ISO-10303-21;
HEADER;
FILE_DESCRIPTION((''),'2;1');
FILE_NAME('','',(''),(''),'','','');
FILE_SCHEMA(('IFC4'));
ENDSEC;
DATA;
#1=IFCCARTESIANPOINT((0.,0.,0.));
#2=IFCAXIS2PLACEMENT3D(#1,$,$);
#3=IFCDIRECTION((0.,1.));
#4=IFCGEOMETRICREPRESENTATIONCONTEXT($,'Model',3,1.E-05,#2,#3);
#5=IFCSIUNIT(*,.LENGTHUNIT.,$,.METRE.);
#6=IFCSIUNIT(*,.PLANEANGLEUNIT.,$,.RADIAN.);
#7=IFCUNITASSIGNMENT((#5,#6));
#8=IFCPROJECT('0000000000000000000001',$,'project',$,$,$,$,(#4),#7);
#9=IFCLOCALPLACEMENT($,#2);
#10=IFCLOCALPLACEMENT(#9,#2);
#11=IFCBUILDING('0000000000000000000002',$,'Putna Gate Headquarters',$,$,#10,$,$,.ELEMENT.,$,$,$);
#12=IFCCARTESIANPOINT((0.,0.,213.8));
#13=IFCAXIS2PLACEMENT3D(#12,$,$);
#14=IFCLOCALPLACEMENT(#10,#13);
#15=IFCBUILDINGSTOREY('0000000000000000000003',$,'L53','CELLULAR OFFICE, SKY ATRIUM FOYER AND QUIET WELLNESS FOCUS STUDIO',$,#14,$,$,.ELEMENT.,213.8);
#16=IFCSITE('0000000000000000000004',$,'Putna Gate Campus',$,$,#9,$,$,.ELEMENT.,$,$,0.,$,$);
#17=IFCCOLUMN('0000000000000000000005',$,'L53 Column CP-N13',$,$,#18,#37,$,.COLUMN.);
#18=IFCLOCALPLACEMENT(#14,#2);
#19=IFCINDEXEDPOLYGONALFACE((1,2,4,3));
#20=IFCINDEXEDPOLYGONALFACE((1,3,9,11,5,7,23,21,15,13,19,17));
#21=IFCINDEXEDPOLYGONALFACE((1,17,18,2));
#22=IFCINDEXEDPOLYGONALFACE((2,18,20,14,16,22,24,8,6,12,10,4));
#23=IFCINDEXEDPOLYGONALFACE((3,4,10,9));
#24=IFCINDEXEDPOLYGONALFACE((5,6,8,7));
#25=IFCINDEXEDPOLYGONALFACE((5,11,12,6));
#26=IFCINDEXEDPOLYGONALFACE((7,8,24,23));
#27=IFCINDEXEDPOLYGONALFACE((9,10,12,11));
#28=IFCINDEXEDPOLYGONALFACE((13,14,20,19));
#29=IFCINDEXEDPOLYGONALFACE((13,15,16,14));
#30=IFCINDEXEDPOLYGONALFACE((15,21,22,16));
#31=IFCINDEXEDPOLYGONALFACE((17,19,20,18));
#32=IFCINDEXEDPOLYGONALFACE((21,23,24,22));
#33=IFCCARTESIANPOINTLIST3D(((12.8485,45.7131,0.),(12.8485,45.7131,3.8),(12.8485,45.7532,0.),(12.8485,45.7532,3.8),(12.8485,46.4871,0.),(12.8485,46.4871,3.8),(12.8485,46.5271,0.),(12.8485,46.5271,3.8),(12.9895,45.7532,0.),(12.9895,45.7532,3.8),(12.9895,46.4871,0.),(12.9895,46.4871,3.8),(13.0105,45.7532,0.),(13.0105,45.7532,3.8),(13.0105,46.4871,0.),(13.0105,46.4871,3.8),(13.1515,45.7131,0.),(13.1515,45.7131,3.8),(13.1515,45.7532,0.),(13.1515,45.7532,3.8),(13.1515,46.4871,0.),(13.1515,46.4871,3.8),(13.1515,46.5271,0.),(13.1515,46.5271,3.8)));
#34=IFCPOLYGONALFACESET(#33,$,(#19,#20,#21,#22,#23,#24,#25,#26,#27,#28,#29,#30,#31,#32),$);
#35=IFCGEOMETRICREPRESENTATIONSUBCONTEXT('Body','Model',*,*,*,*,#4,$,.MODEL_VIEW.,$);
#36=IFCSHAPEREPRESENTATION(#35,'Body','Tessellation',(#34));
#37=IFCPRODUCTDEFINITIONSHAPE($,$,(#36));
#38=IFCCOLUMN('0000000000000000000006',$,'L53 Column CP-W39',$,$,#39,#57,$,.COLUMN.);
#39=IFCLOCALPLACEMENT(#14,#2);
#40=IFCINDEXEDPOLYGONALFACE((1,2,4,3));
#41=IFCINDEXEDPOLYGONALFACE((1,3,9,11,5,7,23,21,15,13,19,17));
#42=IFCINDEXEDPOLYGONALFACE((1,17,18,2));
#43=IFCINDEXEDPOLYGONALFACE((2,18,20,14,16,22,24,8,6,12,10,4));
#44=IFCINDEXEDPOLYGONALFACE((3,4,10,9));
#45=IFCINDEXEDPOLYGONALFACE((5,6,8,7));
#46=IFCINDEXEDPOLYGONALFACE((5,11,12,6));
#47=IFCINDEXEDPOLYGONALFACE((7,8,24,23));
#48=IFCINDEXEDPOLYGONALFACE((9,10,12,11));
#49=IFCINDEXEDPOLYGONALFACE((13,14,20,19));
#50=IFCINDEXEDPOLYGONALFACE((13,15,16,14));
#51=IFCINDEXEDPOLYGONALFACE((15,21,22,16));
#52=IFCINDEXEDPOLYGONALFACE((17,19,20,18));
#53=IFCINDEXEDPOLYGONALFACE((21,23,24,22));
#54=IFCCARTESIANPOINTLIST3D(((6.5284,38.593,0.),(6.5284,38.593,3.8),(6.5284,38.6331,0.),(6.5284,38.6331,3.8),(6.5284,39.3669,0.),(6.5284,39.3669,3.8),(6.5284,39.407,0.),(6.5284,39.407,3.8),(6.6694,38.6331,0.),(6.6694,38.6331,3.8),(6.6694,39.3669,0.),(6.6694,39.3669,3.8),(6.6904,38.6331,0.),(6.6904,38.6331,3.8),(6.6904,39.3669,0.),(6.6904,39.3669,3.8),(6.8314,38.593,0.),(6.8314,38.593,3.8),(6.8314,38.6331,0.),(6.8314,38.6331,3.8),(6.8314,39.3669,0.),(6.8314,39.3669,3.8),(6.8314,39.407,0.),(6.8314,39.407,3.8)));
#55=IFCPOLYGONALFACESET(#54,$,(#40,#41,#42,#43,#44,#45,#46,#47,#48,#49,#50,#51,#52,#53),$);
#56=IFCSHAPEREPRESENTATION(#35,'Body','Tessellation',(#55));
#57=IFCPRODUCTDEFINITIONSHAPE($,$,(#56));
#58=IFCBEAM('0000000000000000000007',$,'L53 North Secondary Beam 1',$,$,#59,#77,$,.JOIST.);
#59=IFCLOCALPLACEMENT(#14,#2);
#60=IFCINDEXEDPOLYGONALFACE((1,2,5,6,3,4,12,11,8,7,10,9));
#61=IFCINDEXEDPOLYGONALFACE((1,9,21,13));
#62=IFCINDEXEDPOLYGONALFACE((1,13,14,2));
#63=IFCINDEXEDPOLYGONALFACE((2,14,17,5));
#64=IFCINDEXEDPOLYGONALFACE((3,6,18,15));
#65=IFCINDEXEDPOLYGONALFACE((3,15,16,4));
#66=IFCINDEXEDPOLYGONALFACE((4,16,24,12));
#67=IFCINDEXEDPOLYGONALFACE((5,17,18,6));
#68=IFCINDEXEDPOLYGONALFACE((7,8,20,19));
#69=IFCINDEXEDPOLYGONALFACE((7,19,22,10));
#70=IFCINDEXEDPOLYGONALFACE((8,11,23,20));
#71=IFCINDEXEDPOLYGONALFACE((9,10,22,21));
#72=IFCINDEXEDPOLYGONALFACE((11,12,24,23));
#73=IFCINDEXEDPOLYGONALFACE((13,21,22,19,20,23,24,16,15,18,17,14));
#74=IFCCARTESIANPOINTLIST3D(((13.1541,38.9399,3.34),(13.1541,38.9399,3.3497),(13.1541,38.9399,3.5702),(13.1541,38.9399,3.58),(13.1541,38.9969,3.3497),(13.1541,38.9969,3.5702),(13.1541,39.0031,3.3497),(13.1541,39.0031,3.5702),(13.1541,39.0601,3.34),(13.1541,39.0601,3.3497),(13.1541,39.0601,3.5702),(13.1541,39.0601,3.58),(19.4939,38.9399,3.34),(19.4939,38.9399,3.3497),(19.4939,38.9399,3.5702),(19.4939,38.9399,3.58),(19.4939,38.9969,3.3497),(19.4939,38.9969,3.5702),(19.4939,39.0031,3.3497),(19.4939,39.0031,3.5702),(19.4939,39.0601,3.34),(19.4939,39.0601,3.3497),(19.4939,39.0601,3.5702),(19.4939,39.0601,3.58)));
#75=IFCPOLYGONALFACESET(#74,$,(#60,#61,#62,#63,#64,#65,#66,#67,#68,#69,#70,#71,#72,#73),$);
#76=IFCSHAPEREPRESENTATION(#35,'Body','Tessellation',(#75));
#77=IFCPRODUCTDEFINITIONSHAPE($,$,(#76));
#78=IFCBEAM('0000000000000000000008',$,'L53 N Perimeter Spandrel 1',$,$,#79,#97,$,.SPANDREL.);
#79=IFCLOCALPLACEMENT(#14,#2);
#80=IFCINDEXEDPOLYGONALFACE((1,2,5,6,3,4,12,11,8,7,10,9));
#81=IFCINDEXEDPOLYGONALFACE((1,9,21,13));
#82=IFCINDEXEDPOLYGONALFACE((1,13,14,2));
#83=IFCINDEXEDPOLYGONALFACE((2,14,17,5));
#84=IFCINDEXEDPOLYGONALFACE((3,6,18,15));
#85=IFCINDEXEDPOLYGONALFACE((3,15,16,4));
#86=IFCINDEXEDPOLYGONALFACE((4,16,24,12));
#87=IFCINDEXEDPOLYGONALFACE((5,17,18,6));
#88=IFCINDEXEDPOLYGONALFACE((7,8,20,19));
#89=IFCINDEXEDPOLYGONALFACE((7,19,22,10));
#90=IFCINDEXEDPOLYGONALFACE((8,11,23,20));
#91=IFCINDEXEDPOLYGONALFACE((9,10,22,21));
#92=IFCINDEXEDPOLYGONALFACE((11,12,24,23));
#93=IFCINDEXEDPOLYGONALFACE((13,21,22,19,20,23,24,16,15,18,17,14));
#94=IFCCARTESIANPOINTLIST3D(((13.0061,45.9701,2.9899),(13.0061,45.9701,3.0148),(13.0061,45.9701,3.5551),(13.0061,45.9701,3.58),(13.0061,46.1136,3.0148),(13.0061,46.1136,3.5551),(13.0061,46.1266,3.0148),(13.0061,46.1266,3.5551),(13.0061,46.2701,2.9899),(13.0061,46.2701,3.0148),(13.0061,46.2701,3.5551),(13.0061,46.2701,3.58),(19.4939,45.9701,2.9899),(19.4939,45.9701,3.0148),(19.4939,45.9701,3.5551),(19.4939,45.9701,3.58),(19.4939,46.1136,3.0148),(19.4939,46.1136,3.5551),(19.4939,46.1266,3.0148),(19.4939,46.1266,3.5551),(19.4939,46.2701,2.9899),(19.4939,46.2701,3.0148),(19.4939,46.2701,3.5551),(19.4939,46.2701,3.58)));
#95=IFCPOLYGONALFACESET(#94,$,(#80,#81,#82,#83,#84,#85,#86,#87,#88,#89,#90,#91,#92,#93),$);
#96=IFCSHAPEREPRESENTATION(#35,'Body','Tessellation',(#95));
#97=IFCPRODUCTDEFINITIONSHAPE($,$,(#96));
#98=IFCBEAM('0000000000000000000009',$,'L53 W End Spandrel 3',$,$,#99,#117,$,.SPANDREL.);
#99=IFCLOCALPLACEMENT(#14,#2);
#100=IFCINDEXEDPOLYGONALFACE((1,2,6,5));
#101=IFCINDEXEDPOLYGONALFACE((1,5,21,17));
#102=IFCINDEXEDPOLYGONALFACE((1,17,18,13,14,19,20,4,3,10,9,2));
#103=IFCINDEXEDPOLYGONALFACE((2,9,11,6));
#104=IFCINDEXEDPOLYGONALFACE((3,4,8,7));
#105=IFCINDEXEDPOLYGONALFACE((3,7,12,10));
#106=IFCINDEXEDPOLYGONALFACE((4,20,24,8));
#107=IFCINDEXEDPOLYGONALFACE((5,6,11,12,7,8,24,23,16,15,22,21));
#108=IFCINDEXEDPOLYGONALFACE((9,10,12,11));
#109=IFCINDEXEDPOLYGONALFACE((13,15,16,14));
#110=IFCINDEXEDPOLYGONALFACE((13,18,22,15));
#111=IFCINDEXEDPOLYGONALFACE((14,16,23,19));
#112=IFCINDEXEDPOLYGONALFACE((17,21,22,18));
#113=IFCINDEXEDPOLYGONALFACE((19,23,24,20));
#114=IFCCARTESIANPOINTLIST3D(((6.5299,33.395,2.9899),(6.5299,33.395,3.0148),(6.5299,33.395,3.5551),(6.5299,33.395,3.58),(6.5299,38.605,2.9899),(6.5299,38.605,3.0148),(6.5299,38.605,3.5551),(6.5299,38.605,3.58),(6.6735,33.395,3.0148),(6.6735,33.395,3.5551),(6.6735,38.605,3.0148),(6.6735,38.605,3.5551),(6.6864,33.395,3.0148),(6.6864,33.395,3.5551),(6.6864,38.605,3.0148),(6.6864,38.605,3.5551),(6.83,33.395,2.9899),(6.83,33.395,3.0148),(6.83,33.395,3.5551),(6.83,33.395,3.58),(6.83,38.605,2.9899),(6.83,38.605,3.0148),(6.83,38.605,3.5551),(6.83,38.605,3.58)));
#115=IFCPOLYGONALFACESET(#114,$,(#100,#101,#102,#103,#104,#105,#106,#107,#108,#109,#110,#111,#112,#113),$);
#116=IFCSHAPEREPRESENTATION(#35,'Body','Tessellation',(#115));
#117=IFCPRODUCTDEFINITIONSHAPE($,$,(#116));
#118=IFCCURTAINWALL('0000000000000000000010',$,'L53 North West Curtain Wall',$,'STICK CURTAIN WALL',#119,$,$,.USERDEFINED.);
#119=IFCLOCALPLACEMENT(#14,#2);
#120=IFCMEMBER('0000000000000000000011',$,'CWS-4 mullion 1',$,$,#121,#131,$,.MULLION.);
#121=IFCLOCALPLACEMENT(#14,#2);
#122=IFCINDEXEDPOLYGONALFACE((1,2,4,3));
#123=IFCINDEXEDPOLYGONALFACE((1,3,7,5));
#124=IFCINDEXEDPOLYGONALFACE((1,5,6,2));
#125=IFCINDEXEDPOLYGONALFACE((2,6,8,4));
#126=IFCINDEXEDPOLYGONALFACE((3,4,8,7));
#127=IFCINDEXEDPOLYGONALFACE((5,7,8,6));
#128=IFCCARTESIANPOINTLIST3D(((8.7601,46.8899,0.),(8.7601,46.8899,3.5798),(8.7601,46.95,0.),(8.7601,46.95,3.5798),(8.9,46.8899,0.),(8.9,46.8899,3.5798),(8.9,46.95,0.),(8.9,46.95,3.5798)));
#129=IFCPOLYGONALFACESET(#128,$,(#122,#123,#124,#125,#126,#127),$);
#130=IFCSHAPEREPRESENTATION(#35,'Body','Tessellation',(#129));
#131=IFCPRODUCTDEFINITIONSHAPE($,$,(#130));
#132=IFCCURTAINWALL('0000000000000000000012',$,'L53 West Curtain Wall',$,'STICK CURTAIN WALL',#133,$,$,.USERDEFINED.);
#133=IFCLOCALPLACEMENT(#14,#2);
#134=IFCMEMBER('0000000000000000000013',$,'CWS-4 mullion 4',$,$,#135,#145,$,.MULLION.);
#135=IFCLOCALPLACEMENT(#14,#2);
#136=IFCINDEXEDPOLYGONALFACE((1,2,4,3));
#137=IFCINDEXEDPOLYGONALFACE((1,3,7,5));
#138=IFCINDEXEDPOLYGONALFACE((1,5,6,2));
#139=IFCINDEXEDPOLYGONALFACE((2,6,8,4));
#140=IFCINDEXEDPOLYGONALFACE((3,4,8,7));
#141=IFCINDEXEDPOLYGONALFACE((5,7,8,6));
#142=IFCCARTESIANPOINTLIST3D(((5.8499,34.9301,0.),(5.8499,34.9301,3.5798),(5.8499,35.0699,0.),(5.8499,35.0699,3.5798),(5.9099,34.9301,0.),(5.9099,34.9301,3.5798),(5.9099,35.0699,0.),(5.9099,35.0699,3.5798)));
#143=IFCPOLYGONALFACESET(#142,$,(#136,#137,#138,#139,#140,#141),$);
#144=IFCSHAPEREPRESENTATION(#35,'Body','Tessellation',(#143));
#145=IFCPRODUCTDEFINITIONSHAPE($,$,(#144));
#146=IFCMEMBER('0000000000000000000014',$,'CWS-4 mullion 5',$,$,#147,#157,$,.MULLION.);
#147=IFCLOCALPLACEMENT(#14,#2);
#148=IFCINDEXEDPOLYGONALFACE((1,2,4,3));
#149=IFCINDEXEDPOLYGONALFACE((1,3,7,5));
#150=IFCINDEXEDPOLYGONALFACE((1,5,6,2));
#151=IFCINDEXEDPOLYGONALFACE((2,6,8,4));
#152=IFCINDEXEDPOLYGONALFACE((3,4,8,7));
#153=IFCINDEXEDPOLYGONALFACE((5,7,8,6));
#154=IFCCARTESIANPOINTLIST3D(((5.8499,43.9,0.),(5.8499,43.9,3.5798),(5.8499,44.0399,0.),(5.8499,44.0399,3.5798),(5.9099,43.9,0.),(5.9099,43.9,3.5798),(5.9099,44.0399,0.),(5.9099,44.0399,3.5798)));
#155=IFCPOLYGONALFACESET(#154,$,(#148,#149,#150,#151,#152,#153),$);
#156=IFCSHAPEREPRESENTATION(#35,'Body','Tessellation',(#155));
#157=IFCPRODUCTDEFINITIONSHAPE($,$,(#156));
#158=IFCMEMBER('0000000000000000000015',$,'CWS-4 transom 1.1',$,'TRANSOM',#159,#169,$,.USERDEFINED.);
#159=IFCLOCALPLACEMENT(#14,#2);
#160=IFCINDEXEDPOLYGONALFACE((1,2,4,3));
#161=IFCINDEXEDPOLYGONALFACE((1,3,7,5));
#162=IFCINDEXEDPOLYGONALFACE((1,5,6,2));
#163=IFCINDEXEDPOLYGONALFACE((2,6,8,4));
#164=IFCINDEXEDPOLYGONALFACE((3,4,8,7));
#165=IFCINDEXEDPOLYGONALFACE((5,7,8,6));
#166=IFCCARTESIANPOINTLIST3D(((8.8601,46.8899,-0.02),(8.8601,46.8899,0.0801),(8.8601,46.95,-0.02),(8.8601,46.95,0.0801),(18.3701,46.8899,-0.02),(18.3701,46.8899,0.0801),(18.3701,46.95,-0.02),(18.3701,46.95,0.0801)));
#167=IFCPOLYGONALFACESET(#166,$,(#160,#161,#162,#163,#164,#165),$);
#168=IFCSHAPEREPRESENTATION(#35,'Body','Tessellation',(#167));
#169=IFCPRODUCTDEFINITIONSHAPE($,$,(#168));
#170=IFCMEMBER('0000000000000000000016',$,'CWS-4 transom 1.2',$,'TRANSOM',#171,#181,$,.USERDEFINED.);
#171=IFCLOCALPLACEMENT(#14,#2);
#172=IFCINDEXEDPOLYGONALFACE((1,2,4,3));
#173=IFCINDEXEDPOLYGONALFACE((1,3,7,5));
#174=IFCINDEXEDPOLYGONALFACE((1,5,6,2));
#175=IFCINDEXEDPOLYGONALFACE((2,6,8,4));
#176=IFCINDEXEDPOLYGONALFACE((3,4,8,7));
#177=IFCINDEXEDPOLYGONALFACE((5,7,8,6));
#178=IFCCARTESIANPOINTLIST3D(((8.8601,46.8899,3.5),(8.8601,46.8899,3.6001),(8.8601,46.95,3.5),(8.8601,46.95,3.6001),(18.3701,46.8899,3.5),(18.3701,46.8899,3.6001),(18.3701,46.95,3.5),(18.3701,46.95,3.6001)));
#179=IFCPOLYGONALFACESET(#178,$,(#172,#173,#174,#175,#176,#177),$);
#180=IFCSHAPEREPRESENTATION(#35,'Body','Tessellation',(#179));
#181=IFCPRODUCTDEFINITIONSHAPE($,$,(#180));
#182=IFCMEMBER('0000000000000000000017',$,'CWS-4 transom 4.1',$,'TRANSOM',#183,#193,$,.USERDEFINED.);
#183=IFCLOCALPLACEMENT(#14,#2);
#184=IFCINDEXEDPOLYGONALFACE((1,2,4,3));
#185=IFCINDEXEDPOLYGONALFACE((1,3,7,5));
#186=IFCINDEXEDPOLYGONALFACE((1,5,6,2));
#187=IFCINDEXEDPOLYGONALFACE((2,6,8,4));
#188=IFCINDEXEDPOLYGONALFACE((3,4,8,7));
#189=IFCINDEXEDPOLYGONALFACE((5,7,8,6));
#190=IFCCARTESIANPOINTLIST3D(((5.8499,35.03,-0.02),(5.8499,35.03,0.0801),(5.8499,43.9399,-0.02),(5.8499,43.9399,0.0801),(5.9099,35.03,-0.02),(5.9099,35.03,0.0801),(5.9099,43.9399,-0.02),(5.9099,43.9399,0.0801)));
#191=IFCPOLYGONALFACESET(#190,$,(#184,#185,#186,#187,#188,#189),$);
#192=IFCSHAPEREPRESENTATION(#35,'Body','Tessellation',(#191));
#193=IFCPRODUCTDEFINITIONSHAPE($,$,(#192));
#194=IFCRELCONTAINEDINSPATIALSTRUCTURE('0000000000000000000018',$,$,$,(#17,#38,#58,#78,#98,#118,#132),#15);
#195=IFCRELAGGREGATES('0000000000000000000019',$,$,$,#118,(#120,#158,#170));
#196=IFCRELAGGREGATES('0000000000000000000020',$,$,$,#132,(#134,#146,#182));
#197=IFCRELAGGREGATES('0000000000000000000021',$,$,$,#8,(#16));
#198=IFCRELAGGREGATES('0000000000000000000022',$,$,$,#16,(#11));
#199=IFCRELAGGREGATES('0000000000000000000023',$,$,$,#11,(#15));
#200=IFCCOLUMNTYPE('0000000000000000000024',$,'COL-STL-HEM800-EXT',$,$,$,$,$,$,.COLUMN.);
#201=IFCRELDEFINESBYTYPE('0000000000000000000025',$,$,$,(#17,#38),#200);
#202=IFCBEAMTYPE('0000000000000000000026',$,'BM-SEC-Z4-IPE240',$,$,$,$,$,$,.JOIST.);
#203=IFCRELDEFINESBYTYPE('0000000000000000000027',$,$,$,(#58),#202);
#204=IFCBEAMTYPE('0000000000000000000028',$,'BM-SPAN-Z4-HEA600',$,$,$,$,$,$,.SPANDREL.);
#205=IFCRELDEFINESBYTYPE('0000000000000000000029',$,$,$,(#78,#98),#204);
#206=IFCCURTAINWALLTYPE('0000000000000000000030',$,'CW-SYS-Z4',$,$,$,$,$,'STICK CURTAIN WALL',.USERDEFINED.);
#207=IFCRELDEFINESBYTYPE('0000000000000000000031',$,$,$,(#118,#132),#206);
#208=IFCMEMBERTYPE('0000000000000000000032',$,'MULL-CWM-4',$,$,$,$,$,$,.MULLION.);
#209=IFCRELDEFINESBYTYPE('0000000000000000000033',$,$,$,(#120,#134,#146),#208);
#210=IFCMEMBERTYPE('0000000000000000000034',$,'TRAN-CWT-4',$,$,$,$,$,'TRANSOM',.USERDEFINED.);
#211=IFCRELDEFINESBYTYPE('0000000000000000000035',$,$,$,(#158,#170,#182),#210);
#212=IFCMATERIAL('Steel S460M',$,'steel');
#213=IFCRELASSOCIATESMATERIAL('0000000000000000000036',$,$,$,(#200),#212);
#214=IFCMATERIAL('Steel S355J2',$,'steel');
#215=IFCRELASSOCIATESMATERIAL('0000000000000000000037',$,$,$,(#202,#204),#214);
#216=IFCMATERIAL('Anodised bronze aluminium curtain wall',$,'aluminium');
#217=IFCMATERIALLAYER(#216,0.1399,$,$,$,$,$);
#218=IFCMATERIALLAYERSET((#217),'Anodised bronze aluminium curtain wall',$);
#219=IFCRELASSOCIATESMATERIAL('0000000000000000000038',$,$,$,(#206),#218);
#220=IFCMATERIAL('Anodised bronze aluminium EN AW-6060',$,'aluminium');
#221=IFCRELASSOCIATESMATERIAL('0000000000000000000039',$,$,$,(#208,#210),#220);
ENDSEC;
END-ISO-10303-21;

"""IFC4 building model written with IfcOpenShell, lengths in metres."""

from ifc_helpers import new_model, si_unit, direction, frame, origin, origin_2d, place, context, subcontext, project, spatial, rectangle, i_section, extrude, material, layer, layer_set, material_profile, profile_set, type_object, element, aggregate, save


model = new_model("IFC4")

# Units and contexts
model_context = context("Model", 3, precision=1e-05, world=origin(), true_north=direction((0.0, 1.0)))
body_context = subcontext(model_context, "Body", "Model", "MODEL_VIEW")
ifc_project = project(units=[si_unit("LENGTHUNIT", "METRE"), si_unit("PLANEANGLEUNIT", "RADIAN")], contexts=[model_context])

# Site, building, storey
site_placement = place(None, origin())
site = spatial("IfcSite", under=ifc_project, at=site_placement, Name="Putna Gate Campus", CompositionType="ELEMENT", RefElevation=0.0)
building_placement = place(site_placement, origin())
building = spatial("IfcBuilding", under=site, at=building_placement, Name="Putna Gate Headquarters", CompositionType="ELEMENT")
storey_placement = place(building_placement, frame((0.0, 0.0, 213.8)))
storey = spatial("IfcBuildingStorey", under=building, at=storey_placement, Name="L53", Description="CELLULAR OFFICE, SKY ATRIUM FOYER AND QUIET WELLNESS FOCUS STUDIO", CompositionType="ELEMENT", Elevation=213.8)

# Columns
ifc_material_1 = material(Name="Steel S460M", Category="steel")
ifc_material_profile_1 = material_profile(ifc_material_1, i_section(OverallWidth=0.303, OverallDepth=0.814, WebThickness=0.021, FlangeThickness=0.04, at=origin_2d()), Name="Steel S460M")
ifc_profile_set_1 = profile_set([ifc_material_profile_1], Name="Steel S460M")
column_type = type_object("IfcColumnType", Name="COL-STL-HEM800-EXT", PredefinedType="COLUMN", material=ifc_profile_set_1)
for number, where, z_axis, x_axis, name in (
    (1, (13.0, 46.1201, 0.0), (0.0, 0.0, 1.0), (1.0, 0.0, 0.0), "L53 Column CP-N13"),
    (2, (6.6799, 39.0, 0.0), (0.0, 0.0, 1.0), (1.0, 0.0, 0.0), "L53 Column CP-W39"),
):
    element("IfcColumn", number, at=place(storey_placement, frame(where, z_axis=z_axis, x_axis=x_axis)), inside=storey, type_object=column_type, Name=name, PredefinedType="COLUMN", context=body_context, shape_type="SweptSolid", body=[
        extrude(i_section(OverallWidth=0.303, OverallDepth=0.814, WebThickness=0.021, FlangeThickness=0.04, at=origin_2d()), origin(), (0.0, 0.0, 1.0), 3.8),
    ])

# Beams
ifc_material_2 = material(Name="Steel S355J2", Category="steel")
ifc_material_profile_2 = material_profile(ifc_material_2, i_section(OverallWidth=0.1201, OverallDepth=0.24, WebThickness=0.0061, FlangeThickness=0.0098, at=origin_2d()), Name="Steel S355J2")
ifc_profile_set_2 = profile_set([ifc_material_profile_2], Name="Steel S355J2")
beam_type_1 = type_object("IfcBeamType", Name="BM-SEC-Z4-IPE240", PredefinedType="JOIST", material=ifc_profile_set_2)
beam_1_placement = place(storey_placement, frame((13.1541, 39.0, 3.46), z_axis=(1.0, 0.0, 0.0), x_axis=(0.0, 1.0, 0.0)))
element("IfcBeam", 3, at=beam_1_placement, inside=storey, type_object=beam_type_1, Name="L53 North Secondary Beam 1", PredefinedType="JOIST", context=body_context, shape_type="SweptSolid", body=[
    extrude(i_section(OverallWidth=0.1201, OverallDepth=0.24, WebThickness=0.0061, FlangeThickness=0.0098, at=origin_2d()), origin(), (0.0, 0.0, 1.0), 6.3398),
])
ifc_material_profile_3 = material_profile(ifc_material_2, i_section(OverallWidth=0.3, OverallDepth=0.5901, WebThickness=0.0129, FlangeThickness=0.0249, at=origin_2d()), Name="Steel S355J2")
ifc_profile_set_3 = profile_set([ifc_material_profile_3], Name="Steel S355J2")
beam_type_2 = type_object("IfcBeamType", Name="BM-SPAN-Z4-HEA600", PredefinedType="SPANDREL", material=ifc_profile_set_3)
beam_2_placement = place(storey_placement, frame((13.0061, 46.1201, 3.2849), z_axis=(1.0, 0.0, 0.0), x_axis=(0.0, 1.0, 0.0)))
element("IfcBeam", 4, at=beam_2_placement, inside=storey, type_object=beam_type_2, Name="L53 N Perimeter Spandrel 1", PredefinedType="SPANDREL", context=body_context, shape_type="SweptSolid", body=[
    extrude(i_section(OverallWidth=0.3, OverallDepth=0.5901, WebThickness=0.0129, FlangeThickness=0.0249, at=origin_2d()), origin(), (0.0, 0.0, 1.0), 6.4878),
])
beam_3_placement = place(storey_placement, frame((6.6799, 33.395, 3.2849), z_axis=(0.0, 1.0, 0.0), x_axis=(-1.0, 0.0, 0.0)))
element("IfcBeam", 5, at=beam_3_placement, inside=storey, type_object=beam_type_2, Name="L53 W End Spandrel 3", PredefinedType="SPANDREL", context=body_context, shape_type="SweptSolid", body=[
    extrude(i_section(OverallWidth=0.3, OverallDepth=0.5901, WebThickness=0.0129, FlangeThickness=0.0249, at=origin_2d()), origin(), (0.0, 0.0, 1.0), 5.21),
])

# Curtain wall, member
ifc_material_3 = material(Name="Anodised bronze aluminium curtain wall", Category="aluminium")
ifc_layer_1 = layer(ifc_material_3, 0.1399)
ifc_layer_set_1 = layer_set([ifc_layer_1], Name="Anodised bronze aluminium curtain wall")
curtain_wall_type = type_object("IfcCurtainWallType", Name="CW-SYS-Z4", ElementType="STICK CURTAIN WALL", PredefinedType="USERDEFINED", material=ifc_layer_set_1)
curtain_wall_1_placement = place(storey_placement, origin())
curtain_wall_1 = element("IfcCurtainWall", 6, at=curtain_wall_1_placement, inside=storey, type_object=curtain_wall_type, Name="L53 North West Curtain Wall", ObjectType="STICK CURTAIN WALL", PredefinedType="USERDEFINED")
ifc_material_4 = material(Name="Anodised bronze aluminium EN AW-6060", Category="aluminium")
ifc_material_profile_4 = material_profile(ifc_material_4, rectangle(XDim=0.0601, YDim=0.1399, at=origin_2d()), Name="Anodised bronze aluminium EN AW-6060")
ifc_profile_set_4 = profile_set([ifc_material_profile_4], Name="Anodised bronze aluminium EN AW-6060")
member_type_1 = type_object("IfcMemberType", Name="MULL-CWM-4", PredefinedType="MULLION", material=ifc_profile_set_4)
member_1_placement = place(storey_placement, frame((8.8301, 46.9199, 0.0), z_axis=(0.0, 0.0, 1.0), x_axis=(0.0, 1.0, 0.0)))
member_1 = element("IfcMember", 7, at=member_1_placement, type_object=member_type_1, Name="CWS-4 mullion 1", PredefinedType="MULLION", context=body_context, shape_type="SweptSolid", body=[
    extrude(rectangle(XDim=0.0601, YDim=0.1399, at=origin_2d()), origin(), (0.0, 0.0, 1.0), 3.5798),
])

# Curtain wall, members
curtain_wall_2_placement = place(storey_placement, origin())
curtain_wall_2 = element("IfcCurtainWall", 8, at=curtain_wall_2_placement, inside=storey, type_object=curtain_wall_type, Name="L53 West Curtain Wall", ObjectType="STICK CURTAIN WALL", PredefinedType="USERDEFINED")
member_2_placement = place(storey_placement, frame((5.8799, 35.0, 0.0), z_axis=(0.0, 0.0, 1.0), x_axis=(-1.0, 0.0, 0.0)))
member_2 = element("IfcMember", 9, at=member_2_placement, type_object=member_type_1, Name="CWS-4 mullion 4", PredefinedType="MULLION", context=body_context, shape_type="SweptSolid", body=[
    extrude(rectangle(XDim=0.0601, YDim=0.1399, at=origin_2d()), origin(), (0.0, 0.0, 1.0), 3.5798),
])
member_3_placement = place(storey_placement, frame((5.8799, 43.97, 0.0), z_axis=(0.0, 0.0, 1.0), x_axis=(-1.0, 0.0, 0.0)))
member_3 = element("IfcMember", 10, at=member_3_placement, type_object=member_type_1, Name="CWS-4 mullion 5", PredefinedType="MULLION", context=body_context, shape_type="SweptSolid", body=[
    extrude(rectangle(XDim=0.0601, YDim=0.1399, at=origin_2d()), origin(), (0.0, 0.0, 1.0), 3.5798),
])

# Members
ifc_material_profile_5 = material_profile(ifc_material_4, rectangle(XDim=0.0601, YDim=0.1001, at=origin_2d()), Name="Anodised bronze aluminium EN AW-6060")
ifc_profile_set_5 = profile_set([ifc_material_profile_5], Name="Anodised bronze aluminium EN AW-6060")
member_type_2 = type_object("IfcMemberType", Name="TRAN-CWT-4", ElementType="TRANSOM", PredefinedType="USERDEFINED", material=ifc_profile_set_5)
member_4_placement = place(storey_placement, frame((8.8601, 46.9199, 0.03), z_axis=(1.0, 0.0, 0.0), x_axis=(0.0, 1.0, 0.0)))
member_4 = element("IfcMember", 11, at=member_4_placement, type_object=member_type_2, Name="CWS-4 transom 1.1", ObjectType="TRANSOM", PredefinedType="USERDEFINED", context=body_context, shape_type="SweptSolid", body=[
    extrude(rectangle(XDim=0.0601, YDim=0.1001, at=origin_2d()), origin(), (0.0, 0.0, 1.0), 9.51),
])
member_5_placement = place(storey_placement, frame((8.8601, 46.9199, 3.55), z_axis=(1.0, 0.0, 0.0), x_axis=(0.0, 1.0, 0.0)))
member_5 = element("IfcMember", 12, at=member_5_placement, type_object=member_type_2, Name="CWS-4 transom 1.2", ObjectType="TRANSOM", PredefinedType="USERDEFINED", context=body_context, shape_type="SweptSolid", body=[
    extrude(rectangle(XDim=0.0601, YDim=0.1001, at=origin_2d()), origin(), (0.0, 0.0, 1.0), 9.51),
])
member_6_placement = place(storey_placement, frame((5.8799, 35.03, 0.03), z_axis=(0.0, 1.0, 0.0), x_axis=(-1.0, 0.0, 0.0)))
member_6 = element("IfcMember", 13, at=member_6_placement, type_object=member_type_2, Name="CWS-4 transom 4.1", ObjectType="TRANSOM", PredefinedType="USERDEFINED", context=body_context, shape_type="SweptSolid", body=[
    extrude(rectangle(XDim=0.0601, YDim=0.1001, at=origin_2d()), origin(), (0.0, 0.0, 1.0), 8.9099),
])

aggregate(curtain_wall_1, [member_1, member_4, member_5])
aggregate(curtain_wall_2, [member_2, member_3, member_6])

save(model, "model.ifc")
